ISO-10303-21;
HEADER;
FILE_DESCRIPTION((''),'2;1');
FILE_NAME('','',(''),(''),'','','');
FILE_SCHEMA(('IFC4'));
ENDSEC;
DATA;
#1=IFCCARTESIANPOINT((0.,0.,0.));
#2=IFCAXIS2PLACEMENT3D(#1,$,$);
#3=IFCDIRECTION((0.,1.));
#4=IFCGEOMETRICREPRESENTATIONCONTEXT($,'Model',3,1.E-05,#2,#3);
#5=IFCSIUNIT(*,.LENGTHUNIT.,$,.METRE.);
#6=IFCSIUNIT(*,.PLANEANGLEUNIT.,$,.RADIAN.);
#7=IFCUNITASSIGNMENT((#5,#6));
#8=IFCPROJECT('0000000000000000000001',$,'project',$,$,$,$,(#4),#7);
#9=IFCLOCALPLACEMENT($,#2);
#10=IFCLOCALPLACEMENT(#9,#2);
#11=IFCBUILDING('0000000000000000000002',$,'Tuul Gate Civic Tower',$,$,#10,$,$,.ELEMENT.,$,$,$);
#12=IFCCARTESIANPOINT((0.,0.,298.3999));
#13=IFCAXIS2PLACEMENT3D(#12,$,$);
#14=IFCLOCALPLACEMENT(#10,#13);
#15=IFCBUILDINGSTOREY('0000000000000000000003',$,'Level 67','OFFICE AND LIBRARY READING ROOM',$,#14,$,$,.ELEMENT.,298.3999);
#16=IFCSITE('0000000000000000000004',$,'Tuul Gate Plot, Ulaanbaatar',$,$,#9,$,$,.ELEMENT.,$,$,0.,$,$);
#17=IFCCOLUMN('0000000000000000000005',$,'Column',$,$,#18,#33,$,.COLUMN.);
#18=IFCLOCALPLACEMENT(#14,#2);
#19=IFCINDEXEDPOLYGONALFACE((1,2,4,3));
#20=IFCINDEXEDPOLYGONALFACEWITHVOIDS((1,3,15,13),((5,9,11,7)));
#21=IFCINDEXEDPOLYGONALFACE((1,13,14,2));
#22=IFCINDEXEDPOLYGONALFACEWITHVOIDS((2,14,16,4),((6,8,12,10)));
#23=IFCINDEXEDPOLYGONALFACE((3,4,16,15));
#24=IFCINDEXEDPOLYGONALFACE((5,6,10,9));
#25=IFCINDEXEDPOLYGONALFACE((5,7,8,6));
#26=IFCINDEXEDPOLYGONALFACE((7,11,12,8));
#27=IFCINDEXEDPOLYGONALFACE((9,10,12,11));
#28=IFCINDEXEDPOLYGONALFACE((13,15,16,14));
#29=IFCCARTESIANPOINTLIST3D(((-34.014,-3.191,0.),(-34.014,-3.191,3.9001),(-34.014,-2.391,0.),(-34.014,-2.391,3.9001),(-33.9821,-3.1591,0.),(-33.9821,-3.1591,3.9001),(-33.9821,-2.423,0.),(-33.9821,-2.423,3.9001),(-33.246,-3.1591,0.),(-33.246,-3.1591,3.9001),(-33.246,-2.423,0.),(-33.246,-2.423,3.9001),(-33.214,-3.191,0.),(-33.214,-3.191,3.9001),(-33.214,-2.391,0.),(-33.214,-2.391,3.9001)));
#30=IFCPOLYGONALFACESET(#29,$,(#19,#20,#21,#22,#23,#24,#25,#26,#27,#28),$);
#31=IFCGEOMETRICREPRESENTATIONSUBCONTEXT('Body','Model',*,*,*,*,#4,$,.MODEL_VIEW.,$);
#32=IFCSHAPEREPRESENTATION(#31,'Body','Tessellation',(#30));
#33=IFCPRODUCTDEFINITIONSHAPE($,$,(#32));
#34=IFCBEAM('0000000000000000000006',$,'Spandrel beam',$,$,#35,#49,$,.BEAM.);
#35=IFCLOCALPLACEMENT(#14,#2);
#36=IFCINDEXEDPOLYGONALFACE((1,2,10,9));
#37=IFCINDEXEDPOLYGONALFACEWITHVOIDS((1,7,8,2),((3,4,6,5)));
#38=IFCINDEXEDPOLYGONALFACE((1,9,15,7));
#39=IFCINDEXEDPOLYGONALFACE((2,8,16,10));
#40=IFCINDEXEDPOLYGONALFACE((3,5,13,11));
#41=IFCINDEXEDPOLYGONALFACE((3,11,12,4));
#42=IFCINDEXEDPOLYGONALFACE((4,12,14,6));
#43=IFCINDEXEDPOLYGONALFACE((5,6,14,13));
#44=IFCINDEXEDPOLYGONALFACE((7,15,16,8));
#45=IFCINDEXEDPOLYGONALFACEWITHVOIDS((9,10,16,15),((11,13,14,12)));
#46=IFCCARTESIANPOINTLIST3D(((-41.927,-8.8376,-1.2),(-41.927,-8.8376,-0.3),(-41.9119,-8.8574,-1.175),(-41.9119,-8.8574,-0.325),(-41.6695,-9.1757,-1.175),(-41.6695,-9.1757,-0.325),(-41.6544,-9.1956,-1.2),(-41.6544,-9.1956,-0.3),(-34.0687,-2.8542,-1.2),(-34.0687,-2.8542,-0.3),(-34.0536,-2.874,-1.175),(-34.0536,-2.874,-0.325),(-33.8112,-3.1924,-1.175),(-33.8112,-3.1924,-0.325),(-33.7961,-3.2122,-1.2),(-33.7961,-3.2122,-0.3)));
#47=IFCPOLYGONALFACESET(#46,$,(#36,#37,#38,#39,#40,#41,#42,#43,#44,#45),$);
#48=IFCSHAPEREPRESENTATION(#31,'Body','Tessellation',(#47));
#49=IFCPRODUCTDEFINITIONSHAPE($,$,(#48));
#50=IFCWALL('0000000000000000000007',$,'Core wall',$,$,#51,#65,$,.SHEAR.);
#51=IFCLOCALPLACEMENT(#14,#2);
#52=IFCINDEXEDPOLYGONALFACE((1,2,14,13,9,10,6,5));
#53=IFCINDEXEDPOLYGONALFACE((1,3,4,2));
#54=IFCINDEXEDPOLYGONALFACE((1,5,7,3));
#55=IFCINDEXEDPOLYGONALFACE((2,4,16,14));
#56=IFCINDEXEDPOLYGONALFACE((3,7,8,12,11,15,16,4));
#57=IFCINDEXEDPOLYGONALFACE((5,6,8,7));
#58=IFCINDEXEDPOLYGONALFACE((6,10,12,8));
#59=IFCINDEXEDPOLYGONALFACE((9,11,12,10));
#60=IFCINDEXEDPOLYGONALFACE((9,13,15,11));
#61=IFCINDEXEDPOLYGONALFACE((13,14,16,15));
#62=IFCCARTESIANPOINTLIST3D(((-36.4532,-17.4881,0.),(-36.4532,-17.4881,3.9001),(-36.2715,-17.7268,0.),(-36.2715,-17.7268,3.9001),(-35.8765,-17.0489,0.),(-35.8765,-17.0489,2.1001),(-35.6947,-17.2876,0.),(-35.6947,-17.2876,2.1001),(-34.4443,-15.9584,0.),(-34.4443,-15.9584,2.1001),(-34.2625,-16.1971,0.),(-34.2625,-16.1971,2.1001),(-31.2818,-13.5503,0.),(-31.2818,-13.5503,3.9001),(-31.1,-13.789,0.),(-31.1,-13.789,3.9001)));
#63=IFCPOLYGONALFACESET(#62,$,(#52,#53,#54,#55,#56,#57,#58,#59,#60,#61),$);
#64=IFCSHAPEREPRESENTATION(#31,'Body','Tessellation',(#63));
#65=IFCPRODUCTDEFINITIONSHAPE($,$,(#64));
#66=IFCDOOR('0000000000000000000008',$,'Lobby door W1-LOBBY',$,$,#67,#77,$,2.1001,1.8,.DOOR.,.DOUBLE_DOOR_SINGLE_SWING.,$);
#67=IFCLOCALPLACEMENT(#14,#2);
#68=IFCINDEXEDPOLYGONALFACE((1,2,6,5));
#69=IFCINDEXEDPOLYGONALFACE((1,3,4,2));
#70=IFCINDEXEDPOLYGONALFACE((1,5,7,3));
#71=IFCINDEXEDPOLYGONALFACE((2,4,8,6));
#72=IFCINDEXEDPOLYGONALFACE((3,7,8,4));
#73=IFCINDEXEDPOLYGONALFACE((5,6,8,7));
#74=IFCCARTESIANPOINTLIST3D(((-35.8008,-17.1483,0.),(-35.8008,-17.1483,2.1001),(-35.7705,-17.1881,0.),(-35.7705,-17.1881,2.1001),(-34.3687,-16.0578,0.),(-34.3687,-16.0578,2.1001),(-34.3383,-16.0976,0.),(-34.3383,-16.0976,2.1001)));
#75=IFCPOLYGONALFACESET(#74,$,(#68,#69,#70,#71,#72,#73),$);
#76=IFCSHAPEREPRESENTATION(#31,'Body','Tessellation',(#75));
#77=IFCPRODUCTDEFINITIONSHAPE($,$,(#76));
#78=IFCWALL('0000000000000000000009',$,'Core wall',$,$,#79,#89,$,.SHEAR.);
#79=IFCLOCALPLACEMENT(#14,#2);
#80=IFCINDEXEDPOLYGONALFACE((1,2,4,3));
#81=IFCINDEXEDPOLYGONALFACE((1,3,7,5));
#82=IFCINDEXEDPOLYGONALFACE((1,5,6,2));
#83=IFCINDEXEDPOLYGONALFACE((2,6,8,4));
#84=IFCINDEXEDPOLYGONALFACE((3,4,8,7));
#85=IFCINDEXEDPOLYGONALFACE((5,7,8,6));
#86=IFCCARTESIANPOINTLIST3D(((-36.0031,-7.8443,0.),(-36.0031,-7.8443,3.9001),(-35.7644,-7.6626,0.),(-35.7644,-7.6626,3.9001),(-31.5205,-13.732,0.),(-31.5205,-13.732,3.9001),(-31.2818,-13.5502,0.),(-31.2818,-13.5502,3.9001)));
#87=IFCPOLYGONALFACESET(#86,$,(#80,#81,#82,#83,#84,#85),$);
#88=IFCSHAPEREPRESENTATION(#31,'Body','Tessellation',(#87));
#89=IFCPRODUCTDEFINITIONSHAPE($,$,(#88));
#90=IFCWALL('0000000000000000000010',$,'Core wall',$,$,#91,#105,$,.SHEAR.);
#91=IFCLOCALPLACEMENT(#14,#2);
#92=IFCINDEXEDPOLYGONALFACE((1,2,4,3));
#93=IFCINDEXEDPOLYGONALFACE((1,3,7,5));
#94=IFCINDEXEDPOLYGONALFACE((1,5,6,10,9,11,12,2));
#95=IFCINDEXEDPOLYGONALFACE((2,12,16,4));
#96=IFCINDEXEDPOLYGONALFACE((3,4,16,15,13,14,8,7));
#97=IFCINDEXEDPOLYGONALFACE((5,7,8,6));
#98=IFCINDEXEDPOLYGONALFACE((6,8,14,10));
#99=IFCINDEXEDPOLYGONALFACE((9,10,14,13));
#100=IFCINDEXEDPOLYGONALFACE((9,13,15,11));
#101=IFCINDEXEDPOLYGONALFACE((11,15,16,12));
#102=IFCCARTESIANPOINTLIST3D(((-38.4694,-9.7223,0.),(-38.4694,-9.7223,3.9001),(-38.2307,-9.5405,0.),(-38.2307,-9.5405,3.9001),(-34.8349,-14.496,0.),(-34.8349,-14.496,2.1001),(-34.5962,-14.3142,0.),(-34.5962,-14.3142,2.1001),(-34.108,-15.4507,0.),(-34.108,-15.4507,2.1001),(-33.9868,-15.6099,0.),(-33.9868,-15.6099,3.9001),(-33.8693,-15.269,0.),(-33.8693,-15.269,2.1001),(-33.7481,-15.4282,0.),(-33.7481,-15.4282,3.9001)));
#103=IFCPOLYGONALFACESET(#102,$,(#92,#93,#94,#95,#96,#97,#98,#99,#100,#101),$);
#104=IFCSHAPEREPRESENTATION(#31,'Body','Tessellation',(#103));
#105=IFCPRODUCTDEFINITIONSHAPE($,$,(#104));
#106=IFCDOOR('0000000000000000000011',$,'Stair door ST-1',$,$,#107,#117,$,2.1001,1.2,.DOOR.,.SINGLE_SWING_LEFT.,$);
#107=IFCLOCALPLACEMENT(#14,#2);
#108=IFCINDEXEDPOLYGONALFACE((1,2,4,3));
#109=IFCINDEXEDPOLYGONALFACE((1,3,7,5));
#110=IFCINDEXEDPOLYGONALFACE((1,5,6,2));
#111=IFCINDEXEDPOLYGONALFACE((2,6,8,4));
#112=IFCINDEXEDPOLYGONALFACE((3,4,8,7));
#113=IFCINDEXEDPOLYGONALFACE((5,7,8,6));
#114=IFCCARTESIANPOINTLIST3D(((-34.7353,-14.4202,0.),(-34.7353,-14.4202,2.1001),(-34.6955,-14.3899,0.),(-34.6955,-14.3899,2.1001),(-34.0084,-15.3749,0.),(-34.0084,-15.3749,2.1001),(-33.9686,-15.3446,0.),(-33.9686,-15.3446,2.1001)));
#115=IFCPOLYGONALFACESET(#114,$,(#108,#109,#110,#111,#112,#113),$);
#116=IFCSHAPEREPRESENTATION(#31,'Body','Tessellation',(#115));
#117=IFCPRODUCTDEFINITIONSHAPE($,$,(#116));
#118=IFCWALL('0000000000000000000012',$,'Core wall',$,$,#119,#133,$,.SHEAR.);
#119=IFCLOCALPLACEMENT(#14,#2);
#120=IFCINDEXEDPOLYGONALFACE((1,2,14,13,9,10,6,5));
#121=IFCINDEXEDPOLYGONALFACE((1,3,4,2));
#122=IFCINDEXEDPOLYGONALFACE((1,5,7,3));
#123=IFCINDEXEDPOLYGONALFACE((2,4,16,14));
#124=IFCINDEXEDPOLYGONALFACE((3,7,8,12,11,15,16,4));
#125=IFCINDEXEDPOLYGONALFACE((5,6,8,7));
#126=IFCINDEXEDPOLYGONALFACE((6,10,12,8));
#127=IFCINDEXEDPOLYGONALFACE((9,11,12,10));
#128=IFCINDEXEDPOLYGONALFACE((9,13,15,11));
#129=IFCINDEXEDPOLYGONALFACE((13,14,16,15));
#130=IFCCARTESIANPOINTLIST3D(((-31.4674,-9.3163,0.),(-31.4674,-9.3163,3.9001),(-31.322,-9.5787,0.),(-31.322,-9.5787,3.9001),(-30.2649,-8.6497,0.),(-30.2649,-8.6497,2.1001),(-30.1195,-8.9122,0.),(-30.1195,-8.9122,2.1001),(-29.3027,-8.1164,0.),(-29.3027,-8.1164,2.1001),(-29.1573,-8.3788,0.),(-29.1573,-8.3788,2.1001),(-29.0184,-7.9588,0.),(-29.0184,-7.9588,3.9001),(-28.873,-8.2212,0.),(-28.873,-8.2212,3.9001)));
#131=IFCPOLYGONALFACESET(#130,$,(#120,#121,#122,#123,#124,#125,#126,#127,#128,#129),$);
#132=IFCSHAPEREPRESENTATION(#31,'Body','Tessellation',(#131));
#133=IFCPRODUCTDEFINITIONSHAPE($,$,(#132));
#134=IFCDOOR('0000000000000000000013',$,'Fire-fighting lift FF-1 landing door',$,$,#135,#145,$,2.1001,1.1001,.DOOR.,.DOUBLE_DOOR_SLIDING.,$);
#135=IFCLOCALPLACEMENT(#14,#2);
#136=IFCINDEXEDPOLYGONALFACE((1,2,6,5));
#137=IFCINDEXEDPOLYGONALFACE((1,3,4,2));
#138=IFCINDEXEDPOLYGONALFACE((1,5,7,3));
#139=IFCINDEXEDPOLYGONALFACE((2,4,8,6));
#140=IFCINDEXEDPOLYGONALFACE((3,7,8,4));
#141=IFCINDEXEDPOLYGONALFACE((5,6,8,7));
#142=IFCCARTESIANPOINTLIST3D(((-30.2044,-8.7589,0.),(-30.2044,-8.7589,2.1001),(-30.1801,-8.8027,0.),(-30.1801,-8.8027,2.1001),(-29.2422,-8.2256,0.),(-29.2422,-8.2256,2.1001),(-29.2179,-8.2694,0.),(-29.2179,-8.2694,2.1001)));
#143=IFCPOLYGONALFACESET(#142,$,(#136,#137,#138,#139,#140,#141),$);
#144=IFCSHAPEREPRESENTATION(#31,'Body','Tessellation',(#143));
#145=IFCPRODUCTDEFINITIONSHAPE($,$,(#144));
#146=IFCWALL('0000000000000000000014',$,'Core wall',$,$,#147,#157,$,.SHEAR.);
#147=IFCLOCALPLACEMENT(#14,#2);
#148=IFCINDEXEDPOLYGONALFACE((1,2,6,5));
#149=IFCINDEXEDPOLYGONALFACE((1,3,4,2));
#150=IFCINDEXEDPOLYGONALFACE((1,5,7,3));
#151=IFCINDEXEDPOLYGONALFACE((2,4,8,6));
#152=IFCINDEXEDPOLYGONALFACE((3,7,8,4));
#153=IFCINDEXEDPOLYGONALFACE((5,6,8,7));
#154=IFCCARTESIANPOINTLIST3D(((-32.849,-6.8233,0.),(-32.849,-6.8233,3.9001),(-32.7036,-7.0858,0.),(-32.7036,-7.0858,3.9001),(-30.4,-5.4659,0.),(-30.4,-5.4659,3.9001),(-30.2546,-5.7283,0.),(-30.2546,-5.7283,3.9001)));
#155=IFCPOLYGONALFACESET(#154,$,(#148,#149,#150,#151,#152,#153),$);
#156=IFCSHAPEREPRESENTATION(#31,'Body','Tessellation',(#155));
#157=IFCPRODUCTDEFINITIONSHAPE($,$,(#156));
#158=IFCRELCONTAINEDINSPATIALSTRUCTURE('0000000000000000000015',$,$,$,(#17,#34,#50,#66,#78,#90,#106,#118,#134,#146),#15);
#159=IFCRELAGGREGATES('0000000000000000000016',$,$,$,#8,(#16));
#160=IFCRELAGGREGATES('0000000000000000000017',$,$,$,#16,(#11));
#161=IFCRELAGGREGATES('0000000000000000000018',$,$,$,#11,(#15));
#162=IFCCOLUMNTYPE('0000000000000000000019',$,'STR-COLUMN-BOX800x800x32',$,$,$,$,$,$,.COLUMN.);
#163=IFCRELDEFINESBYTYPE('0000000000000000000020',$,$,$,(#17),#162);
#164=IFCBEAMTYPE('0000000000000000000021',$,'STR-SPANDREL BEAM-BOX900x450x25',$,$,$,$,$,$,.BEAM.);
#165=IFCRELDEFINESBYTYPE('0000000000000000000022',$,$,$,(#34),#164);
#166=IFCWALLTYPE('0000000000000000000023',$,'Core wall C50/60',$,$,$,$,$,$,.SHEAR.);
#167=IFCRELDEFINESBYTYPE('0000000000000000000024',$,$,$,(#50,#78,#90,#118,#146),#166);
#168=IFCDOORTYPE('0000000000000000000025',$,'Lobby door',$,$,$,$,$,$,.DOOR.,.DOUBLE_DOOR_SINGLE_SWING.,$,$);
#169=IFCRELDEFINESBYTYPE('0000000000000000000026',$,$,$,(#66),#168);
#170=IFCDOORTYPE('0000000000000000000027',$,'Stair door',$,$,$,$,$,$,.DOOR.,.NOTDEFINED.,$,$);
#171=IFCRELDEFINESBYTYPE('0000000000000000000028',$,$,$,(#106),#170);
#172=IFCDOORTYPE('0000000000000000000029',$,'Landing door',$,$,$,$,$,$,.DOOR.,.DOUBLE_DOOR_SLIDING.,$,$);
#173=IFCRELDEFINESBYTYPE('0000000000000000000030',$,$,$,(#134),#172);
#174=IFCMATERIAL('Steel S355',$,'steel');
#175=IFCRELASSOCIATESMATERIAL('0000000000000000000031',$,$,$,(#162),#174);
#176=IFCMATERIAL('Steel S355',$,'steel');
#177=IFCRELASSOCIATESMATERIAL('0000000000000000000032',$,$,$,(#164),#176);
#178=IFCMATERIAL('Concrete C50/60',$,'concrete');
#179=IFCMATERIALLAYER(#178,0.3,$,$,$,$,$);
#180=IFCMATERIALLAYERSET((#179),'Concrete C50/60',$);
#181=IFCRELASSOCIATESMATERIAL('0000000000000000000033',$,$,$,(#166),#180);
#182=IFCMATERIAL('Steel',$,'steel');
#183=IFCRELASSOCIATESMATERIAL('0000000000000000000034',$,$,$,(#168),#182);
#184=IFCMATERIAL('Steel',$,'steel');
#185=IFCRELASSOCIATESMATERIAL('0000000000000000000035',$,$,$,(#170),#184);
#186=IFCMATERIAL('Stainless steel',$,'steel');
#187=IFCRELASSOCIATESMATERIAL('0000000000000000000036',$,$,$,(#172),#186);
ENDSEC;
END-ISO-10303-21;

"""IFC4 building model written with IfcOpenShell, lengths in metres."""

from ifc_helpers import new_model, si_unit, direction, frame, frame_2d, origin, origin_2d, place, context, subcontext, project, spatial, rectangle, hollow_rectangle, extrude, material, layer, layer_set, material_profile, profile_set, type_object, element, fill, save


model = new_model("IFC4")

# Units and contexts
model_context = context("Model", 3, precision=1e-05, world=origin(), true_north=direction((0.0, 1.0)))
body_context = subcontext(model_context, "Body", "Model", "MODEL_VIEW")
ifc_project = project(units=[si_unit("LENGTHUNIT", "METRE"), si_unit("PLANEANGLEUNIT", "RADIAN")], contexts=[model_context])

# Site, building, storey
site_placement = place(None, origin())
site = spatial("IfcSite", under=ifc_project, at=site_placement, Name="Tuul Gate Plot, Ulaanbaatar", CompositionType="ELEMENT", RefElevation=0.0)
building_placement = place(site_placement, origin())
building = spatial("IfcBuilding", under=site, at=building_placement, Name="Tuul Gate Civic Tower", CompositionType="ELEMENT")
storey_placement = place(building_placement, frame((0.0, 0.0, 298.3999)))
storey = spatial("IfcBuildingStorey", under=building, at=storey_placement, Name="Level 67", Description="OFFICE AND LIBRARY READING ROOM", CompositionType="ELEMENT", Elevation=298.3999)

# Column
ifc_material_1 = material(Name="Steel S355", Category="steel")
ifc_material_profile_1 = material_profile(ifc_material_1, hollow_rectangle(XDim=0.8, YDim=0.8, WallThickness=0.032, at=origin_2d()), Name="BOX800x800x32")
ifc_profile_set_1 = profile_set([ifc_material_profile_1], Name="Steel S355")
column_type = type_object("IfcColumnType", Name="STR-COLUMN-BOX800x800x32", PredefinedType="COLUMN", material=ifc_profile_set_1)
column_placement = place(storey_placement, frame((-33.614, -2.791, 0.0), z_axis=(0.0, 0.0, 1.0), x_axis=(1.0, 0.0, 0.0)))
element("IfcColumn", 1, at=column_placement, inside=storey, type_object=column_type, Name="Column", PredefinedType="COLUMN", context=body_context, shape_type="SweptSolid", body=[
    extrude(hollow_rectangle(XDim=0.8, YDim=0.8, WallThickness=0.032, at=origin_2d()), origin(), (0.0, 0.0, 1.0), 3.9001),
])

# Beam
ifc_material_2 = material(Name="Steel S355", Category="steel")
ifc_material_profile_2 = material_profile(ifc_material_2, hollow_rectangle(XDim=0.45, YDim=0.8999, WallThickness=0.0249, at=origin_2d()), Name="BOX900x450x25")
ifc_profile_set_2 = profile_set([ifc_material_profile_2], Name="Steel S355")
beam_type = type_object("IfcBeamType", Name="STR-SPANDREL BEAM-BOX900x450x25", PredefinedType="BEAM", material=ifc_profile_set_2)
beam_placement = place(storey_placement, frame((-33.9324, -3.0332, -0.75), z_axis=(-0.795625, -0.60579, 0.0), x_axis=(0.60579, -0.795625, 0.0)))
element("IfcBeam", 2, at=beam_placement, inside=storey, type_object=beam_type, Name="Spandrel beam", PredefinedType="BEAM", context=body_context, shape_type="SweptSolid", body=[
    extrude(hollow_rectangle(XDim=0.45, YDim=0.8999, WallThickness=0.0249, at=origin_2d()), origin(), (0.0, 0.0, 1.0), 9.877),
])

# Wall, opening, door
ifc_material_3 = material(Name="Concrete C50/60", Category="concrete")
ifc_layer_1 = layer(ifc_material_3, 0.3)
ifc_layer_set_1 = layer_set([ifc_layer_1], Name="Concrete C50/60")
wall_type_1 = type_object("IfcWallType", Name="Core wall C50/60", PredefinedType="SHEAR", material=ifc_layer_set_1)
wall_1_placement = place(storey_placement, frame((-31.1909, -13.6697, 0.0), z_axis=(0.0, 0.0, 1.0), x_axis=(-0.795607, -0.605813, 0.0)))
wall_1 = element("IfcWall", 3, at=wall_1_placement, inside=storey, type_object=wall_type_1, Name="Core wall", PredefinedType="SHEAR", context=body_context, shape_type="SweptSolid", body=[
    extrude(rectangle(XDim=6.5, YDim=0.3, at=frame_2d((3.25, 0.0))), origin(), (0.0, 0.0, 1.0), 3.9001),
])
opening_1_placement = place(wall_1_placement, frame((3.9751, 0.0, 0.0)))
opening_1 = element("IfcOpeningElement", 4, at=opening_1_placement, cuts=wall_1, PredefinedType="OPENING", context=body_context, shape_type="SweptSolid", body=[
    extrude(rectangle(XDim=1.8, YDim=2.1001, at=frame_2d((0.8999, 1.05))), frame((0.0, 0.1602, 0.0), z_axis=(0.0, -1.0, 0.0), x_axis=(1.0, 0.0, 0.0)), (0.0, 0.0, 1.0), 0.3201),
])
ifc_material_4 = material(Name="Steel", Category="steel")
door_type_1 = type_object("IfcDoorType", Name="Lobby door", OperationType="DOUBLE_DOOR_SINGLE_SWING", PredefinedType="DOOR", material=ifc_material_4)
door_1_placement = place(opening_1_placement, origin())
door_1 = element("IfcDoor", 5, at=door_1_placement, inside=storey, type_object=door_type_1, Name="Lobby door W1-LOBBY", OperationType="DOUBLE_DOOR_SINGLE_SWING", OverallHeight=2.1001, OverallWidth=1.8, PredefinedType="DOOR", context=body_context, shape_type="SweptSolid", body=[
    extrude(rectangle(XDim=1.8, YDim=2.1001, at=frame_2d((0.8999, 1.05))), frame((0.0, 0.0249, 0.0), z_axis=(0.0, -1.0, 0.0), x_axis=(1.0, 0.0, 0.0)), (0.0, 0.0, 1.0), 0.05),
])
fill(opening_1, door_1)

# Wall
wall_2_placement = place(storey_placement, frame((-31.4011, -13.6411, 0.0), z_axis=(0.0, 0.0, 1.0), x_axis=(-0.60577, 0.79564, 0.0)))
element("IfcWall", 6, at=wall_2_placement, inside=storey, type_object=wall_type_1, Name="Core wall", PredefinedType="SHEAR", context=body_context, shape_type="SweptSolid", body=[
    extrude(rectangle(XDim=7.3999, YDim=0.3, at=frame_2d((3.7, 0.0))), origin(), (0.0, 0.0, 1.0), 3.9001),
])

# Walls, openings, doors
wall_3_placement = place(storey_placement, frame((-33.8674, -15.519, 0.0), z_axis=(0.0, 0.0, 1.0), x_axis=(-0.60577, 0.79564, 0.0)))
wall_3 = element("IfcWall", 7, at=wall_3_placement, inside=storey, type_object=wall_type_1, Name="Core wall", PredefinedType="SHEAR", context=body_context, shape_type="SweptSolid", body=[
    extrude(rectangle(XDim=7.3999, YDim=0.3, at=frame_2d((3.7, 0.0))), origin(), (0.0, 0.0, 1.0), 3.9001),
])
opening_2_placement = place(wall_3_placement, frame((0.2, 0.0, 0.0)))
opening_2 = element("IfcOpeningElement", 8, at=opening_2_placement, cuts=wall_3, PredefinedType="OPENING", context=body_context, shape_type="SweptSolid", body=[
    extrude(rectangle(XDim=1.2, YDim=2.1001, at=frame_2d((0.6001, 1.05))), frame((0.0, 0.1602, 0.0), z_axis=(0.0, -1.0, 0.0), x_axis=(1.0, 0.0, 0.0)), (0.0, 0.0, 1.0), 0.3201),
])
ifc_material_5 = material(Name="Steel", Category="steel")
door_type_2 = type_object("IfcDoorType", Name="Stair door", OperationType="NOTDEFINED", PredefinedType="DOOR", material=ifc_material_5)
door_2_placement = place(opening_2_placement, origin())
door_2 = element("IfcDoor", 9, at=door_2_placement, inside=storey, type_object=door_type_2, Name="Stair door ST-1", OperationType="SINGLE_SWING_LEFT", OverallHeight=2.1001, OverallWidth=1.2, PredefinedType="DOOR", context=body_context, shape_type="SweptSolid", body=[
    extrude(rectangle(XDim=1.2, YDim=2.1001, at=frame_2d((0.6001, 1.05))), frame((0.0, 0.0249, 0.0), z_axis=(0.0, -1.0, 0.0), x_axis=(1.0, 0.0, 0.0)), (0.0, 0.0, 1.0), 0.05),
])
fill(opening_2, door_2)
wall_4_placement = place(storey_placement, frame((-28.9458, -8.0901, 0.0), z_axis=(0.0, 0.0, 1.0), x_axis=(-0.87463, -0.484791, 0.0)))
wall_4 = element("IfcWall", 10, at=wall_4_placement, inside=storey, type_object=wall_type_1, Name="Core wall", PredefinedType="SHEAR", context=body_context, shape_type="SweptSolid", body=[
    extrude(rectangle(XDim=2.8, YDim=0.3, at=frame_2d((1.3999, 0.0))), origin(), (0.0, 0.0, 1.0), 3.9001),
])
opening_3_placement = place(wall_4_placement, frame((0.325, 0.0, 0.0)))
opening_3 = element("IfcOpeningElement", 11, at=opening_3_placement, cuts=wall_4, PredefinedType="OPENING", context=body_context, shape_type="SweptSolid", body=[
    extrude(rectangle(XDim=1.1001, YDim=2.1001, at=frame_2d((0.55, 1.05))), frame((0.0, 0.1602, 0.0), z_axis=(0.0, -1.0, 0.0), x_axis=(1.0, 0.0, 0.0)), (0.0, 0.0, 1.0), 0.3201),
])
ifc_material_6 = material(Name="Stainless steel", Category="steel")
door_type_3 = type_object("IfcDoorType", Name="Landing door", OperationType="DOUBLE_DOOR_SLIDING", PredefinedType="DOOR", material=ifc_material_6)
door_3_placement = place(opening_3_placement, origin())
door_3 = element("IfcDoor", 12, at=door_3_placement, inside=storey, type_object=door_type_3, Name="Fire-fighting lift FF-1 landing door", OperationType="DOUBLE_DOOR_SLIDING", OverallHeight=2.1001, OverallWidth=1.1001, PredefinedType="DOOR", context=body_context, shape_type="SweptSolid", body=[
    extrude(rectangle(XDim=1.1001, YDim=2.1001, at=frame_2d((0.55, 1.05))), frame((0.0, 0.0249, 0.0), z_axis=(0.0, -1.0, 0.0), x_axis=(1.0, 0.0, 0.0)), (0.0, 0.0, 1.0), 0.05),
])
fill(opening_3, door_3)

# Wall
wall_5_placement = place(storey_placement, frame((-30.3274, -5.5972, 0.0), z_axis=(0.0, 0.0, 1.0), x_axis=(-0.87463, -0.484791, 0.0)))
element("IfcWall", 13, at=wall_5_placement, inside=storey, type_object=wall_type_1, Name="Core wall", PredefinedType="SHEAR", context=body_context, shape_type="SweptSolid", body=[
    extrude(rectangle(XDim=2.8, YDim=0.3, at=frame_2d((1.3999, 0.0))), origin(), (0.0, 0.0, 1.0), 3.9001),
])

save(model, "model.ifc")
